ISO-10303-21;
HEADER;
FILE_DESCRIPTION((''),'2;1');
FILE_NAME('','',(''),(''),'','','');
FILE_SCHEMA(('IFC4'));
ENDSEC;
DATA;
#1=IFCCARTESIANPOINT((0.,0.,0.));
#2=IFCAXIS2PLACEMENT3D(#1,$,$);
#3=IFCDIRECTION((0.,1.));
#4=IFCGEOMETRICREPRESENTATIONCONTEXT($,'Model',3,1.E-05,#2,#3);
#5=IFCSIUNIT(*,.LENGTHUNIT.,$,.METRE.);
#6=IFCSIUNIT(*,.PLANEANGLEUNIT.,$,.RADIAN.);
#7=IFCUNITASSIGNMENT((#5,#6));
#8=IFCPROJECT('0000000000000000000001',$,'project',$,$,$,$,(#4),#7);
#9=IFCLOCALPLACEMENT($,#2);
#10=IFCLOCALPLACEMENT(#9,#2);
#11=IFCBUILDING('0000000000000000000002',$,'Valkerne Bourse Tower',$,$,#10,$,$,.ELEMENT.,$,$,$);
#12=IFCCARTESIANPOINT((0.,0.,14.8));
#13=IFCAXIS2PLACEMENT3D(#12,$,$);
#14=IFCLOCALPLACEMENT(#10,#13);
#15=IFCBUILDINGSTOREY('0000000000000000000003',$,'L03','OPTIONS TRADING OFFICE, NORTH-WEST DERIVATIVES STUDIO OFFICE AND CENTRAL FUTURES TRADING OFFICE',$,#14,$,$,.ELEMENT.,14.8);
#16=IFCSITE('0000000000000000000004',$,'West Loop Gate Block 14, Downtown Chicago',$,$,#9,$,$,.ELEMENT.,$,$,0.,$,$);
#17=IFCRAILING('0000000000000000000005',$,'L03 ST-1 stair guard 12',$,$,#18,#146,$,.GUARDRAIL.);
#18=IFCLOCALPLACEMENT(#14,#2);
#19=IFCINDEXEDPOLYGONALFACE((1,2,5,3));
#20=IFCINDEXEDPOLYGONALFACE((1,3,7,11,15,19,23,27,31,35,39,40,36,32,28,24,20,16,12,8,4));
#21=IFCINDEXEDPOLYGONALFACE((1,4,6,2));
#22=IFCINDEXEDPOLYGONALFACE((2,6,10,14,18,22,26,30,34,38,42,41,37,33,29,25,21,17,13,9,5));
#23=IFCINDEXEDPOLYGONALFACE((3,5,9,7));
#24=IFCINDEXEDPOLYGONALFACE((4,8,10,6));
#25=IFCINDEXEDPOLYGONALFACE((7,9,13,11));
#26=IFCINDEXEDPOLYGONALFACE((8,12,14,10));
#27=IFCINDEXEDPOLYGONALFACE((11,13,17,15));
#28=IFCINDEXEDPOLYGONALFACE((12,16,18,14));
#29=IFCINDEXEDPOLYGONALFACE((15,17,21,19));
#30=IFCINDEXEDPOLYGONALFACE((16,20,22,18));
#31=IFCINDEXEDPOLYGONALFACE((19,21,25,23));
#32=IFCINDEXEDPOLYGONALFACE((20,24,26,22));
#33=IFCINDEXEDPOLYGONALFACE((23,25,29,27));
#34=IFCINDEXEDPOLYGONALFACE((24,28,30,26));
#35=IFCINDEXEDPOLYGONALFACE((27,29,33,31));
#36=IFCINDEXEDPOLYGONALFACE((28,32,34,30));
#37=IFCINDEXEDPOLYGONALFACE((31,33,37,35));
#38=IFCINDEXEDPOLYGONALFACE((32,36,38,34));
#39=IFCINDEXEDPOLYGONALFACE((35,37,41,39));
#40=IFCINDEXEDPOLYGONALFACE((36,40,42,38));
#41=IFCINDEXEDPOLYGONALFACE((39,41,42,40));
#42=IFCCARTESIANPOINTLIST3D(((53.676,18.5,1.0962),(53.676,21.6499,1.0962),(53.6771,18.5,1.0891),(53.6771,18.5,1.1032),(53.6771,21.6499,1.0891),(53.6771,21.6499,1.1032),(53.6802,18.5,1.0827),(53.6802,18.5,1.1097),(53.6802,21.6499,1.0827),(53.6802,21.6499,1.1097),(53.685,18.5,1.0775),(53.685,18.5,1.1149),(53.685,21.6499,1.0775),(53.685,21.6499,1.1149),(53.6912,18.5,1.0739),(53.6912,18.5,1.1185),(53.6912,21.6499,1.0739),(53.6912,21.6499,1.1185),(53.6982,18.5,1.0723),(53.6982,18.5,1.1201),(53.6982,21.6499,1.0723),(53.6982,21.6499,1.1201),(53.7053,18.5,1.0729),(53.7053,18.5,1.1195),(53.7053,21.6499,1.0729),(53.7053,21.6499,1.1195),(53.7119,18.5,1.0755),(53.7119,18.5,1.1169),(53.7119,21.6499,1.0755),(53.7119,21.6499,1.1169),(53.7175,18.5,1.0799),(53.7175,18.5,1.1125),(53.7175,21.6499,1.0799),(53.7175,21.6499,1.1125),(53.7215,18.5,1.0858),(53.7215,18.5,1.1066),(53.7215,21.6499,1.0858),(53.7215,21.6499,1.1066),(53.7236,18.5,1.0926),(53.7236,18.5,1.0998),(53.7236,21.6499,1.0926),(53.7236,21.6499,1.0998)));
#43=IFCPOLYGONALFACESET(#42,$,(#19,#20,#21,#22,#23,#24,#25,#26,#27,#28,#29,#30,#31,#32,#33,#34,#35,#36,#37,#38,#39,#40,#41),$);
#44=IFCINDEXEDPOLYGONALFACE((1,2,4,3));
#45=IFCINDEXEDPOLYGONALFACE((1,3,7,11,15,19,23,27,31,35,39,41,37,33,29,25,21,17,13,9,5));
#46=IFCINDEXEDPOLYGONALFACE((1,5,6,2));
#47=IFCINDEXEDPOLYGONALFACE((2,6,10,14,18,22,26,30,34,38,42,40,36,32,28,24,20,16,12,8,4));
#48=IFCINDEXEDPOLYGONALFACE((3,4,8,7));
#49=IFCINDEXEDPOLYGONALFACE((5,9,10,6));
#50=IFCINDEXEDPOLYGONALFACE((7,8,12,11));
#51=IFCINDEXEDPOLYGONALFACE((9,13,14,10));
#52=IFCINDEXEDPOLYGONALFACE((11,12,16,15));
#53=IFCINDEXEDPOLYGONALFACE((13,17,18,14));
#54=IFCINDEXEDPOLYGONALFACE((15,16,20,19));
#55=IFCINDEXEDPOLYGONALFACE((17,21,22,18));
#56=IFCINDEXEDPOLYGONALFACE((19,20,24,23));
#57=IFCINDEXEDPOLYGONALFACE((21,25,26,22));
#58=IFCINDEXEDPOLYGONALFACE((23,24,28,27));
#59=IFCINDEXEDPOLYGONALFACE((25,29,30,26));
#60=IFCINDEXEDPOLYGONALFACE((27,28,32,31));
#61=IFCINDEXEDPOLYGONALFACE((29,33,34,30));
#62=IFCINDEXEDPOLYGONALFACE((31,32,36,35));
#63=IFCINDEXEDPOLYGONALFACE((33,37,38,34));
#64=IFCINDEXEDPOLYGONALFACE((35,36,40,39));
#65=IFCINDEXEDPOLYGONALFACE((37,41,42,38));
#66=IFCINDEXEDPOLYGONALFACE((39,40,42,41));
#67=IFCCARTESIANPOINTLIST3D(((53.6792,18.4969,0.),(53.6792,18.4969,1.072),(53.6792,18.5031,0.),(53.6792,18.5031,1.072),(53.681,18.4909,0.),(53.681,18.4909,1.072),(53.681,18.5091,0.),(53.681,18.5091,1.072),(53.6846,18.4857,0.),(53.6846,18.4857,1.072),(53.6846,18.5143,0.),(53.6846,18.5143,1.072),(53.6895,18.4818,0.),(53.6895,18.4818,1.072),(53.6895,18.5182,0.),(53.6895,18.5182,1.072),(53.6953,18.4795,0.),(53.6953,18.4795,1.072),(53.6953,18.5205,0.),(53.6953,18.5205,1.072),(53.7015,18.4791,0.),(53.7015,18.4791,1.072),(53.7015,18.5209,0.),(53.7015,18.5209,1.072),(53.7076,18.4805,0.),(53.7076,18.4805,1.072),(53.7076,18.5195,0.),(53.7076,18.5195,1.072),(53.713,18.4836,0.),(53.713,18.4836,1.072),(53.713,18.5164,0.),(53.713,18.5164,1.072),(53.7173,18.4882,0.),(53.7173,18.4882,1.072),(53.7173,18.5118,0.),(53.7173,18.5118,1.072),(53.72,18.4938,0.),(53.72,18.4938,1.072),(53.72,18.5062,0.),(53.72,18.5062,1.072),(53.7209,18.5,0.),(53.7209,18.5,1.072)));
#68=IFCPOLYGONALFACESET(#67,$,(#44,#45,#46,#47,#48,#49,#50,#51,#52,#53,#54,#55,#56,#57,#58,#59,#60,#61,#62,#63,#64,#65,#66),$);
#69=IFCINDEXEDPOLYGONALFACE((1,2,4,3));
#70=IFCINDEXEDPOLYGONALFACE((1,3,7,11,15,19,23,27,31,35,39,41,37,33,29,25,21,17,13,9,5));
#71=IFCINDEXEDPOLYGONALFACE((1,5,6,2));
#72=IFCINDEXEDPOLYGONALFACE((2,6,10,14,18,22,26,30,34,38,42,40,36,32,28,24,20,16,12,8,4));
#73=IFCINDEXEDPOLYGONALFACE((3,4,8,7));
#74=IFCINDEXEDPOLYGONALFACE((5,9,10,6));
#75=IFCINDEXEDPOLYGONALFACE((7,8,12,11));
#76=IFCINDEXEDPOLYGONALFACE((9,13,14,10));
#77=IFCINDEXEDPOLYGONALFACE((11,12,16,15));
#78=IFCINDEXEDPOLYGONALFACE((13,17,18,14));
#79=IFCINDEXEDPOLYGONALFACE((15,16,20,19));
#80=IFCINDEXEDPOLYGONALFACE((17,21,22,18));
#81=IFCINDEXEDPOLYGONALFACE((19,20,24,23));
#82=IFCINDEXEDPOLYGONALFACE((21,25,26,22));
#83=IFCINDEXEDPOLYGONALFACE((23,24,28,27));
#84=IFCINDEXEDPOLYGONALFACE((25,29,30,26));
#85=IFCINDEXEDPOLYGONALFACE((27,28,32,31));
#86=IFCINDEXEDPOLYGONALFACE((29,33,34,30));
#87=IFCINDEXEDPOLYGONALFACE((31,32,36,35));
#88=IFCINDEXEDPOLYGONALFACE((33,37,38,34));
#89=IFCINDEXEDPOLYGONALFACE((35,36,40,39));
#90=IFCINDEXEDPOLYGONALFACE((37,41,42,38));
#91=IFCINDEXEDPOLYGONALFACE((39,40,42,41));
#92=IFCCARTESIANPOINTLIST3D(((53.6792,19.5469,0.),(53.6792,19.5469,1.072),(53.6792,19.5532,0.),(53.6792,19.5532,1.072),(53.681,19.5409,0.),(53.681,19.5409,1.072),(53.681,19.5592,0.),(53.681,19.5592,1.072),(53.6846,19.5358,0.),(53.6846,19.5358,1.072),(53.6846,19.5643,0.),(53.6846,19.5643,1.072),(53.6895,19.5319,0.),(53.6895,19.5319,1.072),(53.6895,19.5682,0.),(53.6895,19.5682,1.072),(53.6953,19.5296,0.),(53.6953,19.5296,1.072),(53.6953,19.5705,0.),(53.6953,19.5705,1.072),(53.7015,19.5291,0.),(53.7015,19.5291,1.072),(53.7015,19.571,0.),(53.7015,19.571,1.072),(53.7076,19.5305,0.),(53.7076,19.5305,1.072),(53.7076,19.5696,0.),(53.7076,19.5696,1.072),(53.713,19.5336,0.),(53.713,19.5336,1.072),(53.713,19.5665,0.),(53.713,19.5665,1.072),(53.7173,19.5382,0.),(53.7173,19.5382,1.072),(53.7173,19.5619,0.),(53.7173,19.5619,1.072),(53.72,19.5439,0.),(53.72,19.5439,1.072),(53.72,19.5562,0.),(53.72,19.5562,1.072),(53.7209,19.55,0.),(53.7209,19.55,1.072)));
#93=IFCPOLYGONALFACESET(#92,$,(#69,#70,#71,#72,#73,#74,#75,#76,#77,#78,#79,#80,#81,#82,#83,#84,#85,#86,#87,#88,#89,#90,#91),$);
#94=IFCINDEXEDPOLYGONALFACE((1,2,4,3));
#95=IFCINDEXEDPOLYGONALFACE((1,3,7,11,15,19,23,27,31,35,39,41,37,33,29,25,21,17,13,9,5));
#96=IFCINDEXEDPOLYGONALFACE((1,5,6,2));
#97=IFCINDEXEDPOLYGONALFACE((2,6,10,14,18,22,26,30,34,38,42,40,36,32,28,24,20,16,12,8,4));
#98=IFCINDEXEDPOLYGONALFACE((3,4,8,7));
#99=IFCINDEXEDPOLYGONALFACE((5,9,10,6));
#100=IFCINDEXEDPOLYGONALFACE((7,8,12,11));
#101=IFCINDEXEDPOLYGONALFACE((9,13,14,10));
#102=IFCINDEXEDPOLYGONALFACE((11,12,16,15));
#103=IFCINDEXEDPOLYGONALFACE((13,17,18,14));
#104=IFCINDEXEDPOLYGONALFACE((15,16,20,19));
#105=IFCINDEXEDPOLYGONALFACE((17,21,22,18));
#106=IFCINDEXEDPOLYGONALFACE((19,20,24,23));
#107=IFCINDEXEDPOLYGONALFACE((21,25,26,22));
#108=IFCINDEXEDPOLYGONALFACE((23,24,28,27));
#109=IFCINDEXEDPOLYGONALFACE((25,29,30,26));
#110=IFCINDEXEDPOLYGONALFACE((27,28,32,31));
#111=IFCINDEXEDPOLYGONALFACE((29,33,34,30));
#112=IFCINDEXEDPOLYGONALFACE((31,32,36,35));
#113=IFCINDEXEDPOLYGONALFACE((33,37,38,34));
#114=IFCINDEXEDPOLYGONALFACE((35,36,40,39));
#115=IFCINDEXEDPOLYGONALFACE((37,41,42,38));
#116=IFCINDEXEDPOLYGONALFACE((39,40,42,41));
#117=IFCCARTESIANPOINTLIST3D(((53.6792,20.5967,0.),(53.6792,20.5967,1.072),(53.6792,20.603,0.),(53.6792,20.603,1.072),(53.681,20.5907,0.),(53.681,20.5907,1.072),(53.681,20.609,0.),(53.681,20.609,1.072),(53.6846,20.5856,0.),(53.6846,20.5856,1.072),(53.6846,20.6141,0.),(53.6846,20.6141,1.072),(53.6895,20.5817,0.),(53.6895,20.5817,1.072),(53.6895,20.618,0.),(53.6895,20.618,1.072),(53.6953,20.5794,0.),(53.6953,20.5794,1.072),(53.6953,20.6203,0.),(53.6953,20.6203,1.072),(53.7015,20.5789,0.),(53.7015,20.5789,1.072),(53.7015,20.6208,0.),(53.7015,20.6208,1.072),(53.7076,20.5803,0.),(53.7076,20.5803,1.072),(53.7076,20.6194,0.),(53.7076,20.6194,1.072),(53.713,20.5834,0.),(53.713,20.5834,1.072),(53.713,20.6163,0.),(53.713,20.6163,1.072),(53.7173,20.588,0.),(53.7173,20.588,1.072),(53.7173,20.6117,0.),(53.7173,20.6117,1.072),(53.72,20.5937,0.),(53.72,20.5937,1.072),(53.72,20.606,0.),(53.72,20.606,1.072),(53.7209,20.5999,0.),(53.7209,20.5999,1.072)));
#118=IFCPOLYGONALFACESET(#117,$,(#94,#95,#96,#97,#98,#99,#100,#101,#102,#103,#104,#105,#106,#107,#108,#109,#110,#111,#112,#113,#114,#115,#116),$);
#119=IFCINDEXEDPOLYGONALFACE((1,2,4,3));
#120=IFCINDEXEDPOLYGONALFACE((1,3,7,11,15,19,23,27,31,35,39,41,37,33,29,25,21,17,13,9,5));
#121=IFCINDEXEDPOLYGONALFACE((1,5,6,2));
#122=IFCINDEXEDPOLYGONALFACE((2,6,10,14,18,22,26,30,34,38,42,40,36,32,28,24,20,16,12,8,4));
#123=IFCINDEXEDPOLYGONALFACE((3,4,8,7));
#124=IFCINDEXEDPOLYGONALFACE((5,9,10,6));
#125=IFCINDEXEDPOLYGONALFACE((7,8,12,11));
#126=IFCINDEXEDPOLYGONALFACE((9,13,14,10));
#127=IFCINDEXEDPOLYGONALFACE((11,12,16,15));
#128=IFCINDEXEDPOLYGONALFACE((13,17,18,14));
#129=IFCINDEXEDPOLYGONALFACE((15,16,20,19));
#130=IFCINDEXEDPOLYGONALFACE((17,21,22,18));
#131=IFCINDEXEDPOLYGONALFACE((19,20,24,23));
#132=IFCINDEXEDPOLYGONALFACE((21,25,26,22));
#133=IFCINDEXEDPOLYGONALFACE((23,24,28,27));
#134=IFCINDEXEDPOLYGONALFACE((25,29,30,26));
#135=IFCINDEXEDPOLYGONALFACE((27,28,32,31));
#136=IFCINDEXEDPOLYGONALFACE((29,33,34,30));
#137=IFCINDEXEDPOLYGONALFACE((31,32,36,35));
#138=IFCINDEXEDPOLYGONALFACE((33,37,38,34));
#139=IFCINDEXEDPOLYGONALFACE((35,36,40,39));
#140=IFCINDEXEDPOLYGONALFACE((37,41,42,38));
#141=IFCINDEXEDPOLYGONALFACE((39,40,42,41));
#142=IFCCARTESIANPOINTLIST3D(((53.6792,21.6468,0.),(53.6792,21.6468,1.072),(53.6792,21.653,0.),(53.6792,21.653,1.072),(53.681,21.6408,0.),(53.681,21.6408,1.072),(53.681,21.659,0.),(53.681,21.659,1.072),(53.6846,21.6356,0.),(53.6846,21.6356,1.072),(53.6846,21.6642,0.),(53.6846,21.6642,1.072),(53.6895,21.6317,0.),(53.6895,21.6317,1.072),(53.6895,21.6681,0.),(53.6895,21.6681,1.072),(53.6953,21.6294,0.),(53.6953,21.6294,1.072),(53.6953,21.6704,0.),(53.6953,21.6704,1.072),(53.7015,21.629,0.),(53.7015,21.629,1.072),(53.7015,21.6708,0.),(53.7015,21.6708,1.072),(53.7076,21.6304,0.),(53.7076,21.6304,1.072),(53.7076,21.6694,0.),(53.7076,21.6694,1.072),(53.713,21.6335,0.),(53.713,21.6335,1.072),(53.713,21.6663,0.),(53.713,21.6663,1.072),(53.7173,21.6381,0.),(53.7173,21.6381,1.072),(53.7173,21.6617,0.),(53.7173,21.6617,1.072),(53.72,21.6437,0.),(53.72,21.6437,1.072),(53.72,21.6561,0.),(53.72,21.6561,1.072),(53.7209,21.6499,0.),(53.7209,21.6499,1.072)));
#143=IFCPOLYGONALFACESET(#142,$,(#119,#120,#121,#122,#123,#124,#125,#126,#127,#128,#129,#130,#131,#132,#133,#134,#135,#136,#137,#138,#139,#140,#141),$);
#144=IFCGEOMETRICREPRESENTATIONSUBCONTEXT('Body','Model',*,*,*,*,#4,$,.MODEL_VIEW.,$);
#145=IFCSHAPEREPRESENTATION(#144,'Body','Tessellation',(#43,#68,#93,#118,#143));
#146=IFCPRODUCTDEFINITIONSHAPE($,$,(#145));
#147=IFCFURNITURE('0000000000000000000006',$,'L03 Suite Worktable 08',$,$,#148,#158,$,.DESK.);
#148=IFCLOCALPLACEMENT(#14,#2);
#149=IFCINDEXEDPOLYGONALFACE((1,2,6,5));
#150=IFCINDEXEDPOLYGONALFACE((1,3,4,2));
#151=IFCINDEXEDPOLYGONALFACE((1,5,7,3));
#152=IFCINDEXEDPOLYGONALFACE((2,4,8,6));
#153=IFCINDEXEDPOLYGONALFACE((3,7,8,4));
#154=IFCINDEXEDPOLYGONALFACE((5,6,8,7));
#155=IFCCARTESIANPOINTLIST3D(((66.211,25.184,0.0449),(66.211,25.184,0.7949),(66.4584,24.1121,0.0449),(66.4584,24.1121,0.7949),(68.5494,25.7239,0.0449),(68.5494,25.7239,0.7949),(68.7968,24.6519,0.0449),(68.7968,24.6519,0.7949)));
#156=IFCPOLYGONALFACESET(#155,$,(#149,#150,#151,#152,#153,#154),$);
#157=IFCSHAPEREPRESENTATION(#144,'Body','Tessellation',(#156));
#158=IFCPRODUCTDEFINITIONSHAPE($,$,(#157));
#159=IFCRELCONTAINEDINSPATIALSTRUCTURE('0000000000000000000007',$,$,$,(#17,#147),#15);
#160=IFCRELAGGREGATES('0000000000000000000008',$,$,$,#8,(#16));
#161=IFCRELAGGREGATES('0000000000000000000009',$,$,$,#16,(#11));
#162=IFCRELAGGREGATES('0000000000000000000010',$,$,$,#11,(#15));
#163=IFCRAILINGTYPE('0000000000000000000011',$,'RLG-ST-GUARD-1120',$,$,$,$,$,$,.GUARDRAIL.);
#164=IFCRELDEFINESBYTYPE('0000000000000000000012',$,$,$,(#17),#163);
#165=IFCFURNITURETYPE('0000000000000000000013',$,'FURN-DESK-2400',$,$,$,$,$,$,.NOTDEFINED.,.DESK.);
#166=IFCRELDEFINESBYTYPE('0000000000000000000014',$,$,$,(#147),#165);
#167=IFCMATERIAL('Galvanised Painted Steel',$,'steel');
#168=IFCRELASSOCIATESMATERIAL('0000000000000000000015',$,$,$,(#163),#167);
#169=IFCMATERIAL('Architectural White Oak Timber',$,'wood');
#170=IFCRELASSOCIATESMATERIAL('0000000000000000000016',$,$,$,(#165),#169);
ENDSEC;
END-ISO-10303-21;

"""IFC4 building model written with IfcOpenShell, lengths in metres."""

from ifc_helpers import new_model, si_unit, direction, frame, origin, origin_2d, place, context, subcontext, project, spatial, rectangle, circle, extrude, material, type_object, element, save


model = new_model("IFC4")

# Units and contexts
model_context = context("Model", 3, precision=1e-05, world=origin(), true_north=direction((0.0, 1.0)))
body_context = subcontext(model_context, "Body", "Model", "MODEL_VIEW")
ifc_project = project(units=[si_unit("LENGTHUNIT", "METRE"), si_unit("PLANEANGLEUNIT", "RADIAN")], contexts=[model_context])

# Site, building, storey
site_placement = place(None, origin())
site = spatial("IfcSite", under=ifc_project, at=site_placement, Name="West Loop Gate Block 14, Downtown Chicago", CompositionType="ELEMENT", RefElevation=0.0)
building_placement = place(site_placement, origin())
building = spatial("IfcBuilding", under=site, at=building_placement, Name="Valkerne Bourse Tower", CompositionType="ELEMENT")
storey_placement = place(building_placement, frame((0.0, 0.0, 14.8)))
storey = spatial("IfcBuildingStorey", under=building, at=storey_placement, Name="L03", Description="OPTIONS TRADING OFFICE, NORTH-WEST DERIVATIVES STUDIO OFFICE AND CENTRAL FUTURES TRADING OFFICE", CompositionType="ELEMENT", Elevation=14.8)

# Shared definitions
ifc_material_1 = material(Name="Galvanised Painted Steel", Category="steel")
ifc_material_2 = material(Name="Architectural White Oak Timber", Category="wood")

# Railing
railing_type = type_object("IfcRailingType", Name="RLG-ST-GUARD-1120", PredefinedType="GUARDRAIL", material=ifc_material_1)
railing_1_placement = place(storey_placement, frame((53.7, 18.5, 0.0)))
element("IfcRailing", 1, at=railing_1_placement, inside=storey, type_object=railing_type, Name="L03 ST-1 stair guard 12", PredefinedType="GUARDRAIL", context=body_context, shape_type="SweptSolid", body=[
    extrude(circle(Radius=0.0239, at=origin_2d()), frame((0.0, 0.0, 1.0962), z_axis=(0.0, 1.0, 0.0), x_axis=(-1.0, 0.0, 0.0)), (0.0, 0.0, 1.0), 3.1499),
    extrude(circle(Radius=0.021, at=origin_2d()), origin(), (0.0, 0.0, 1.0), 1.072),
    extrude(circle(Radius=0.021, at=origin_2d()), frame((0.0, 1.05, 0.0)), (0.0, 0.0, 1.0), 1.072),
    extrude(circle(Radius=0.021, at=origin_2d()), frame((0.0, 2.0999, 0.0)), (0.0, 0.0, 1.0), 1.072),
    extrude(circle(Radius=0.021, at=origin_2d()), frame((0.0, 3.1499, 0.0)), (0.0, 0.0, 1.0), 1.072),
])

# Furniture
furniture_type = type_object("IfcFurnitureType", Name="FURN-DESK-2400", AssemblyPlace="NOTDEFINED", PredefinedType="DESK", material=ifc_material_2)
furniture_placement = place(storey_placement, frame((67.5039, 24.918, 0.0449), z_axis=(0.0, 0.0, 1.0), x_axis=(0.97437, 0.224951, 0.0)))
element("IfcFurniture", 2, at=furniture_placement, inside=storey, type_object=furniture_type, Name="L03 Suite Worktable 08", PredefinedType="DESK", context=body_context, shape_type="SweptSolid", body=[
    extrude(rectangle(XDim=2.3999, YDim=1.1001, at=origin_2d()), origin(), (0.0, 0.0, 1.0), 0.75),
])

save(model, "model.ifc")
